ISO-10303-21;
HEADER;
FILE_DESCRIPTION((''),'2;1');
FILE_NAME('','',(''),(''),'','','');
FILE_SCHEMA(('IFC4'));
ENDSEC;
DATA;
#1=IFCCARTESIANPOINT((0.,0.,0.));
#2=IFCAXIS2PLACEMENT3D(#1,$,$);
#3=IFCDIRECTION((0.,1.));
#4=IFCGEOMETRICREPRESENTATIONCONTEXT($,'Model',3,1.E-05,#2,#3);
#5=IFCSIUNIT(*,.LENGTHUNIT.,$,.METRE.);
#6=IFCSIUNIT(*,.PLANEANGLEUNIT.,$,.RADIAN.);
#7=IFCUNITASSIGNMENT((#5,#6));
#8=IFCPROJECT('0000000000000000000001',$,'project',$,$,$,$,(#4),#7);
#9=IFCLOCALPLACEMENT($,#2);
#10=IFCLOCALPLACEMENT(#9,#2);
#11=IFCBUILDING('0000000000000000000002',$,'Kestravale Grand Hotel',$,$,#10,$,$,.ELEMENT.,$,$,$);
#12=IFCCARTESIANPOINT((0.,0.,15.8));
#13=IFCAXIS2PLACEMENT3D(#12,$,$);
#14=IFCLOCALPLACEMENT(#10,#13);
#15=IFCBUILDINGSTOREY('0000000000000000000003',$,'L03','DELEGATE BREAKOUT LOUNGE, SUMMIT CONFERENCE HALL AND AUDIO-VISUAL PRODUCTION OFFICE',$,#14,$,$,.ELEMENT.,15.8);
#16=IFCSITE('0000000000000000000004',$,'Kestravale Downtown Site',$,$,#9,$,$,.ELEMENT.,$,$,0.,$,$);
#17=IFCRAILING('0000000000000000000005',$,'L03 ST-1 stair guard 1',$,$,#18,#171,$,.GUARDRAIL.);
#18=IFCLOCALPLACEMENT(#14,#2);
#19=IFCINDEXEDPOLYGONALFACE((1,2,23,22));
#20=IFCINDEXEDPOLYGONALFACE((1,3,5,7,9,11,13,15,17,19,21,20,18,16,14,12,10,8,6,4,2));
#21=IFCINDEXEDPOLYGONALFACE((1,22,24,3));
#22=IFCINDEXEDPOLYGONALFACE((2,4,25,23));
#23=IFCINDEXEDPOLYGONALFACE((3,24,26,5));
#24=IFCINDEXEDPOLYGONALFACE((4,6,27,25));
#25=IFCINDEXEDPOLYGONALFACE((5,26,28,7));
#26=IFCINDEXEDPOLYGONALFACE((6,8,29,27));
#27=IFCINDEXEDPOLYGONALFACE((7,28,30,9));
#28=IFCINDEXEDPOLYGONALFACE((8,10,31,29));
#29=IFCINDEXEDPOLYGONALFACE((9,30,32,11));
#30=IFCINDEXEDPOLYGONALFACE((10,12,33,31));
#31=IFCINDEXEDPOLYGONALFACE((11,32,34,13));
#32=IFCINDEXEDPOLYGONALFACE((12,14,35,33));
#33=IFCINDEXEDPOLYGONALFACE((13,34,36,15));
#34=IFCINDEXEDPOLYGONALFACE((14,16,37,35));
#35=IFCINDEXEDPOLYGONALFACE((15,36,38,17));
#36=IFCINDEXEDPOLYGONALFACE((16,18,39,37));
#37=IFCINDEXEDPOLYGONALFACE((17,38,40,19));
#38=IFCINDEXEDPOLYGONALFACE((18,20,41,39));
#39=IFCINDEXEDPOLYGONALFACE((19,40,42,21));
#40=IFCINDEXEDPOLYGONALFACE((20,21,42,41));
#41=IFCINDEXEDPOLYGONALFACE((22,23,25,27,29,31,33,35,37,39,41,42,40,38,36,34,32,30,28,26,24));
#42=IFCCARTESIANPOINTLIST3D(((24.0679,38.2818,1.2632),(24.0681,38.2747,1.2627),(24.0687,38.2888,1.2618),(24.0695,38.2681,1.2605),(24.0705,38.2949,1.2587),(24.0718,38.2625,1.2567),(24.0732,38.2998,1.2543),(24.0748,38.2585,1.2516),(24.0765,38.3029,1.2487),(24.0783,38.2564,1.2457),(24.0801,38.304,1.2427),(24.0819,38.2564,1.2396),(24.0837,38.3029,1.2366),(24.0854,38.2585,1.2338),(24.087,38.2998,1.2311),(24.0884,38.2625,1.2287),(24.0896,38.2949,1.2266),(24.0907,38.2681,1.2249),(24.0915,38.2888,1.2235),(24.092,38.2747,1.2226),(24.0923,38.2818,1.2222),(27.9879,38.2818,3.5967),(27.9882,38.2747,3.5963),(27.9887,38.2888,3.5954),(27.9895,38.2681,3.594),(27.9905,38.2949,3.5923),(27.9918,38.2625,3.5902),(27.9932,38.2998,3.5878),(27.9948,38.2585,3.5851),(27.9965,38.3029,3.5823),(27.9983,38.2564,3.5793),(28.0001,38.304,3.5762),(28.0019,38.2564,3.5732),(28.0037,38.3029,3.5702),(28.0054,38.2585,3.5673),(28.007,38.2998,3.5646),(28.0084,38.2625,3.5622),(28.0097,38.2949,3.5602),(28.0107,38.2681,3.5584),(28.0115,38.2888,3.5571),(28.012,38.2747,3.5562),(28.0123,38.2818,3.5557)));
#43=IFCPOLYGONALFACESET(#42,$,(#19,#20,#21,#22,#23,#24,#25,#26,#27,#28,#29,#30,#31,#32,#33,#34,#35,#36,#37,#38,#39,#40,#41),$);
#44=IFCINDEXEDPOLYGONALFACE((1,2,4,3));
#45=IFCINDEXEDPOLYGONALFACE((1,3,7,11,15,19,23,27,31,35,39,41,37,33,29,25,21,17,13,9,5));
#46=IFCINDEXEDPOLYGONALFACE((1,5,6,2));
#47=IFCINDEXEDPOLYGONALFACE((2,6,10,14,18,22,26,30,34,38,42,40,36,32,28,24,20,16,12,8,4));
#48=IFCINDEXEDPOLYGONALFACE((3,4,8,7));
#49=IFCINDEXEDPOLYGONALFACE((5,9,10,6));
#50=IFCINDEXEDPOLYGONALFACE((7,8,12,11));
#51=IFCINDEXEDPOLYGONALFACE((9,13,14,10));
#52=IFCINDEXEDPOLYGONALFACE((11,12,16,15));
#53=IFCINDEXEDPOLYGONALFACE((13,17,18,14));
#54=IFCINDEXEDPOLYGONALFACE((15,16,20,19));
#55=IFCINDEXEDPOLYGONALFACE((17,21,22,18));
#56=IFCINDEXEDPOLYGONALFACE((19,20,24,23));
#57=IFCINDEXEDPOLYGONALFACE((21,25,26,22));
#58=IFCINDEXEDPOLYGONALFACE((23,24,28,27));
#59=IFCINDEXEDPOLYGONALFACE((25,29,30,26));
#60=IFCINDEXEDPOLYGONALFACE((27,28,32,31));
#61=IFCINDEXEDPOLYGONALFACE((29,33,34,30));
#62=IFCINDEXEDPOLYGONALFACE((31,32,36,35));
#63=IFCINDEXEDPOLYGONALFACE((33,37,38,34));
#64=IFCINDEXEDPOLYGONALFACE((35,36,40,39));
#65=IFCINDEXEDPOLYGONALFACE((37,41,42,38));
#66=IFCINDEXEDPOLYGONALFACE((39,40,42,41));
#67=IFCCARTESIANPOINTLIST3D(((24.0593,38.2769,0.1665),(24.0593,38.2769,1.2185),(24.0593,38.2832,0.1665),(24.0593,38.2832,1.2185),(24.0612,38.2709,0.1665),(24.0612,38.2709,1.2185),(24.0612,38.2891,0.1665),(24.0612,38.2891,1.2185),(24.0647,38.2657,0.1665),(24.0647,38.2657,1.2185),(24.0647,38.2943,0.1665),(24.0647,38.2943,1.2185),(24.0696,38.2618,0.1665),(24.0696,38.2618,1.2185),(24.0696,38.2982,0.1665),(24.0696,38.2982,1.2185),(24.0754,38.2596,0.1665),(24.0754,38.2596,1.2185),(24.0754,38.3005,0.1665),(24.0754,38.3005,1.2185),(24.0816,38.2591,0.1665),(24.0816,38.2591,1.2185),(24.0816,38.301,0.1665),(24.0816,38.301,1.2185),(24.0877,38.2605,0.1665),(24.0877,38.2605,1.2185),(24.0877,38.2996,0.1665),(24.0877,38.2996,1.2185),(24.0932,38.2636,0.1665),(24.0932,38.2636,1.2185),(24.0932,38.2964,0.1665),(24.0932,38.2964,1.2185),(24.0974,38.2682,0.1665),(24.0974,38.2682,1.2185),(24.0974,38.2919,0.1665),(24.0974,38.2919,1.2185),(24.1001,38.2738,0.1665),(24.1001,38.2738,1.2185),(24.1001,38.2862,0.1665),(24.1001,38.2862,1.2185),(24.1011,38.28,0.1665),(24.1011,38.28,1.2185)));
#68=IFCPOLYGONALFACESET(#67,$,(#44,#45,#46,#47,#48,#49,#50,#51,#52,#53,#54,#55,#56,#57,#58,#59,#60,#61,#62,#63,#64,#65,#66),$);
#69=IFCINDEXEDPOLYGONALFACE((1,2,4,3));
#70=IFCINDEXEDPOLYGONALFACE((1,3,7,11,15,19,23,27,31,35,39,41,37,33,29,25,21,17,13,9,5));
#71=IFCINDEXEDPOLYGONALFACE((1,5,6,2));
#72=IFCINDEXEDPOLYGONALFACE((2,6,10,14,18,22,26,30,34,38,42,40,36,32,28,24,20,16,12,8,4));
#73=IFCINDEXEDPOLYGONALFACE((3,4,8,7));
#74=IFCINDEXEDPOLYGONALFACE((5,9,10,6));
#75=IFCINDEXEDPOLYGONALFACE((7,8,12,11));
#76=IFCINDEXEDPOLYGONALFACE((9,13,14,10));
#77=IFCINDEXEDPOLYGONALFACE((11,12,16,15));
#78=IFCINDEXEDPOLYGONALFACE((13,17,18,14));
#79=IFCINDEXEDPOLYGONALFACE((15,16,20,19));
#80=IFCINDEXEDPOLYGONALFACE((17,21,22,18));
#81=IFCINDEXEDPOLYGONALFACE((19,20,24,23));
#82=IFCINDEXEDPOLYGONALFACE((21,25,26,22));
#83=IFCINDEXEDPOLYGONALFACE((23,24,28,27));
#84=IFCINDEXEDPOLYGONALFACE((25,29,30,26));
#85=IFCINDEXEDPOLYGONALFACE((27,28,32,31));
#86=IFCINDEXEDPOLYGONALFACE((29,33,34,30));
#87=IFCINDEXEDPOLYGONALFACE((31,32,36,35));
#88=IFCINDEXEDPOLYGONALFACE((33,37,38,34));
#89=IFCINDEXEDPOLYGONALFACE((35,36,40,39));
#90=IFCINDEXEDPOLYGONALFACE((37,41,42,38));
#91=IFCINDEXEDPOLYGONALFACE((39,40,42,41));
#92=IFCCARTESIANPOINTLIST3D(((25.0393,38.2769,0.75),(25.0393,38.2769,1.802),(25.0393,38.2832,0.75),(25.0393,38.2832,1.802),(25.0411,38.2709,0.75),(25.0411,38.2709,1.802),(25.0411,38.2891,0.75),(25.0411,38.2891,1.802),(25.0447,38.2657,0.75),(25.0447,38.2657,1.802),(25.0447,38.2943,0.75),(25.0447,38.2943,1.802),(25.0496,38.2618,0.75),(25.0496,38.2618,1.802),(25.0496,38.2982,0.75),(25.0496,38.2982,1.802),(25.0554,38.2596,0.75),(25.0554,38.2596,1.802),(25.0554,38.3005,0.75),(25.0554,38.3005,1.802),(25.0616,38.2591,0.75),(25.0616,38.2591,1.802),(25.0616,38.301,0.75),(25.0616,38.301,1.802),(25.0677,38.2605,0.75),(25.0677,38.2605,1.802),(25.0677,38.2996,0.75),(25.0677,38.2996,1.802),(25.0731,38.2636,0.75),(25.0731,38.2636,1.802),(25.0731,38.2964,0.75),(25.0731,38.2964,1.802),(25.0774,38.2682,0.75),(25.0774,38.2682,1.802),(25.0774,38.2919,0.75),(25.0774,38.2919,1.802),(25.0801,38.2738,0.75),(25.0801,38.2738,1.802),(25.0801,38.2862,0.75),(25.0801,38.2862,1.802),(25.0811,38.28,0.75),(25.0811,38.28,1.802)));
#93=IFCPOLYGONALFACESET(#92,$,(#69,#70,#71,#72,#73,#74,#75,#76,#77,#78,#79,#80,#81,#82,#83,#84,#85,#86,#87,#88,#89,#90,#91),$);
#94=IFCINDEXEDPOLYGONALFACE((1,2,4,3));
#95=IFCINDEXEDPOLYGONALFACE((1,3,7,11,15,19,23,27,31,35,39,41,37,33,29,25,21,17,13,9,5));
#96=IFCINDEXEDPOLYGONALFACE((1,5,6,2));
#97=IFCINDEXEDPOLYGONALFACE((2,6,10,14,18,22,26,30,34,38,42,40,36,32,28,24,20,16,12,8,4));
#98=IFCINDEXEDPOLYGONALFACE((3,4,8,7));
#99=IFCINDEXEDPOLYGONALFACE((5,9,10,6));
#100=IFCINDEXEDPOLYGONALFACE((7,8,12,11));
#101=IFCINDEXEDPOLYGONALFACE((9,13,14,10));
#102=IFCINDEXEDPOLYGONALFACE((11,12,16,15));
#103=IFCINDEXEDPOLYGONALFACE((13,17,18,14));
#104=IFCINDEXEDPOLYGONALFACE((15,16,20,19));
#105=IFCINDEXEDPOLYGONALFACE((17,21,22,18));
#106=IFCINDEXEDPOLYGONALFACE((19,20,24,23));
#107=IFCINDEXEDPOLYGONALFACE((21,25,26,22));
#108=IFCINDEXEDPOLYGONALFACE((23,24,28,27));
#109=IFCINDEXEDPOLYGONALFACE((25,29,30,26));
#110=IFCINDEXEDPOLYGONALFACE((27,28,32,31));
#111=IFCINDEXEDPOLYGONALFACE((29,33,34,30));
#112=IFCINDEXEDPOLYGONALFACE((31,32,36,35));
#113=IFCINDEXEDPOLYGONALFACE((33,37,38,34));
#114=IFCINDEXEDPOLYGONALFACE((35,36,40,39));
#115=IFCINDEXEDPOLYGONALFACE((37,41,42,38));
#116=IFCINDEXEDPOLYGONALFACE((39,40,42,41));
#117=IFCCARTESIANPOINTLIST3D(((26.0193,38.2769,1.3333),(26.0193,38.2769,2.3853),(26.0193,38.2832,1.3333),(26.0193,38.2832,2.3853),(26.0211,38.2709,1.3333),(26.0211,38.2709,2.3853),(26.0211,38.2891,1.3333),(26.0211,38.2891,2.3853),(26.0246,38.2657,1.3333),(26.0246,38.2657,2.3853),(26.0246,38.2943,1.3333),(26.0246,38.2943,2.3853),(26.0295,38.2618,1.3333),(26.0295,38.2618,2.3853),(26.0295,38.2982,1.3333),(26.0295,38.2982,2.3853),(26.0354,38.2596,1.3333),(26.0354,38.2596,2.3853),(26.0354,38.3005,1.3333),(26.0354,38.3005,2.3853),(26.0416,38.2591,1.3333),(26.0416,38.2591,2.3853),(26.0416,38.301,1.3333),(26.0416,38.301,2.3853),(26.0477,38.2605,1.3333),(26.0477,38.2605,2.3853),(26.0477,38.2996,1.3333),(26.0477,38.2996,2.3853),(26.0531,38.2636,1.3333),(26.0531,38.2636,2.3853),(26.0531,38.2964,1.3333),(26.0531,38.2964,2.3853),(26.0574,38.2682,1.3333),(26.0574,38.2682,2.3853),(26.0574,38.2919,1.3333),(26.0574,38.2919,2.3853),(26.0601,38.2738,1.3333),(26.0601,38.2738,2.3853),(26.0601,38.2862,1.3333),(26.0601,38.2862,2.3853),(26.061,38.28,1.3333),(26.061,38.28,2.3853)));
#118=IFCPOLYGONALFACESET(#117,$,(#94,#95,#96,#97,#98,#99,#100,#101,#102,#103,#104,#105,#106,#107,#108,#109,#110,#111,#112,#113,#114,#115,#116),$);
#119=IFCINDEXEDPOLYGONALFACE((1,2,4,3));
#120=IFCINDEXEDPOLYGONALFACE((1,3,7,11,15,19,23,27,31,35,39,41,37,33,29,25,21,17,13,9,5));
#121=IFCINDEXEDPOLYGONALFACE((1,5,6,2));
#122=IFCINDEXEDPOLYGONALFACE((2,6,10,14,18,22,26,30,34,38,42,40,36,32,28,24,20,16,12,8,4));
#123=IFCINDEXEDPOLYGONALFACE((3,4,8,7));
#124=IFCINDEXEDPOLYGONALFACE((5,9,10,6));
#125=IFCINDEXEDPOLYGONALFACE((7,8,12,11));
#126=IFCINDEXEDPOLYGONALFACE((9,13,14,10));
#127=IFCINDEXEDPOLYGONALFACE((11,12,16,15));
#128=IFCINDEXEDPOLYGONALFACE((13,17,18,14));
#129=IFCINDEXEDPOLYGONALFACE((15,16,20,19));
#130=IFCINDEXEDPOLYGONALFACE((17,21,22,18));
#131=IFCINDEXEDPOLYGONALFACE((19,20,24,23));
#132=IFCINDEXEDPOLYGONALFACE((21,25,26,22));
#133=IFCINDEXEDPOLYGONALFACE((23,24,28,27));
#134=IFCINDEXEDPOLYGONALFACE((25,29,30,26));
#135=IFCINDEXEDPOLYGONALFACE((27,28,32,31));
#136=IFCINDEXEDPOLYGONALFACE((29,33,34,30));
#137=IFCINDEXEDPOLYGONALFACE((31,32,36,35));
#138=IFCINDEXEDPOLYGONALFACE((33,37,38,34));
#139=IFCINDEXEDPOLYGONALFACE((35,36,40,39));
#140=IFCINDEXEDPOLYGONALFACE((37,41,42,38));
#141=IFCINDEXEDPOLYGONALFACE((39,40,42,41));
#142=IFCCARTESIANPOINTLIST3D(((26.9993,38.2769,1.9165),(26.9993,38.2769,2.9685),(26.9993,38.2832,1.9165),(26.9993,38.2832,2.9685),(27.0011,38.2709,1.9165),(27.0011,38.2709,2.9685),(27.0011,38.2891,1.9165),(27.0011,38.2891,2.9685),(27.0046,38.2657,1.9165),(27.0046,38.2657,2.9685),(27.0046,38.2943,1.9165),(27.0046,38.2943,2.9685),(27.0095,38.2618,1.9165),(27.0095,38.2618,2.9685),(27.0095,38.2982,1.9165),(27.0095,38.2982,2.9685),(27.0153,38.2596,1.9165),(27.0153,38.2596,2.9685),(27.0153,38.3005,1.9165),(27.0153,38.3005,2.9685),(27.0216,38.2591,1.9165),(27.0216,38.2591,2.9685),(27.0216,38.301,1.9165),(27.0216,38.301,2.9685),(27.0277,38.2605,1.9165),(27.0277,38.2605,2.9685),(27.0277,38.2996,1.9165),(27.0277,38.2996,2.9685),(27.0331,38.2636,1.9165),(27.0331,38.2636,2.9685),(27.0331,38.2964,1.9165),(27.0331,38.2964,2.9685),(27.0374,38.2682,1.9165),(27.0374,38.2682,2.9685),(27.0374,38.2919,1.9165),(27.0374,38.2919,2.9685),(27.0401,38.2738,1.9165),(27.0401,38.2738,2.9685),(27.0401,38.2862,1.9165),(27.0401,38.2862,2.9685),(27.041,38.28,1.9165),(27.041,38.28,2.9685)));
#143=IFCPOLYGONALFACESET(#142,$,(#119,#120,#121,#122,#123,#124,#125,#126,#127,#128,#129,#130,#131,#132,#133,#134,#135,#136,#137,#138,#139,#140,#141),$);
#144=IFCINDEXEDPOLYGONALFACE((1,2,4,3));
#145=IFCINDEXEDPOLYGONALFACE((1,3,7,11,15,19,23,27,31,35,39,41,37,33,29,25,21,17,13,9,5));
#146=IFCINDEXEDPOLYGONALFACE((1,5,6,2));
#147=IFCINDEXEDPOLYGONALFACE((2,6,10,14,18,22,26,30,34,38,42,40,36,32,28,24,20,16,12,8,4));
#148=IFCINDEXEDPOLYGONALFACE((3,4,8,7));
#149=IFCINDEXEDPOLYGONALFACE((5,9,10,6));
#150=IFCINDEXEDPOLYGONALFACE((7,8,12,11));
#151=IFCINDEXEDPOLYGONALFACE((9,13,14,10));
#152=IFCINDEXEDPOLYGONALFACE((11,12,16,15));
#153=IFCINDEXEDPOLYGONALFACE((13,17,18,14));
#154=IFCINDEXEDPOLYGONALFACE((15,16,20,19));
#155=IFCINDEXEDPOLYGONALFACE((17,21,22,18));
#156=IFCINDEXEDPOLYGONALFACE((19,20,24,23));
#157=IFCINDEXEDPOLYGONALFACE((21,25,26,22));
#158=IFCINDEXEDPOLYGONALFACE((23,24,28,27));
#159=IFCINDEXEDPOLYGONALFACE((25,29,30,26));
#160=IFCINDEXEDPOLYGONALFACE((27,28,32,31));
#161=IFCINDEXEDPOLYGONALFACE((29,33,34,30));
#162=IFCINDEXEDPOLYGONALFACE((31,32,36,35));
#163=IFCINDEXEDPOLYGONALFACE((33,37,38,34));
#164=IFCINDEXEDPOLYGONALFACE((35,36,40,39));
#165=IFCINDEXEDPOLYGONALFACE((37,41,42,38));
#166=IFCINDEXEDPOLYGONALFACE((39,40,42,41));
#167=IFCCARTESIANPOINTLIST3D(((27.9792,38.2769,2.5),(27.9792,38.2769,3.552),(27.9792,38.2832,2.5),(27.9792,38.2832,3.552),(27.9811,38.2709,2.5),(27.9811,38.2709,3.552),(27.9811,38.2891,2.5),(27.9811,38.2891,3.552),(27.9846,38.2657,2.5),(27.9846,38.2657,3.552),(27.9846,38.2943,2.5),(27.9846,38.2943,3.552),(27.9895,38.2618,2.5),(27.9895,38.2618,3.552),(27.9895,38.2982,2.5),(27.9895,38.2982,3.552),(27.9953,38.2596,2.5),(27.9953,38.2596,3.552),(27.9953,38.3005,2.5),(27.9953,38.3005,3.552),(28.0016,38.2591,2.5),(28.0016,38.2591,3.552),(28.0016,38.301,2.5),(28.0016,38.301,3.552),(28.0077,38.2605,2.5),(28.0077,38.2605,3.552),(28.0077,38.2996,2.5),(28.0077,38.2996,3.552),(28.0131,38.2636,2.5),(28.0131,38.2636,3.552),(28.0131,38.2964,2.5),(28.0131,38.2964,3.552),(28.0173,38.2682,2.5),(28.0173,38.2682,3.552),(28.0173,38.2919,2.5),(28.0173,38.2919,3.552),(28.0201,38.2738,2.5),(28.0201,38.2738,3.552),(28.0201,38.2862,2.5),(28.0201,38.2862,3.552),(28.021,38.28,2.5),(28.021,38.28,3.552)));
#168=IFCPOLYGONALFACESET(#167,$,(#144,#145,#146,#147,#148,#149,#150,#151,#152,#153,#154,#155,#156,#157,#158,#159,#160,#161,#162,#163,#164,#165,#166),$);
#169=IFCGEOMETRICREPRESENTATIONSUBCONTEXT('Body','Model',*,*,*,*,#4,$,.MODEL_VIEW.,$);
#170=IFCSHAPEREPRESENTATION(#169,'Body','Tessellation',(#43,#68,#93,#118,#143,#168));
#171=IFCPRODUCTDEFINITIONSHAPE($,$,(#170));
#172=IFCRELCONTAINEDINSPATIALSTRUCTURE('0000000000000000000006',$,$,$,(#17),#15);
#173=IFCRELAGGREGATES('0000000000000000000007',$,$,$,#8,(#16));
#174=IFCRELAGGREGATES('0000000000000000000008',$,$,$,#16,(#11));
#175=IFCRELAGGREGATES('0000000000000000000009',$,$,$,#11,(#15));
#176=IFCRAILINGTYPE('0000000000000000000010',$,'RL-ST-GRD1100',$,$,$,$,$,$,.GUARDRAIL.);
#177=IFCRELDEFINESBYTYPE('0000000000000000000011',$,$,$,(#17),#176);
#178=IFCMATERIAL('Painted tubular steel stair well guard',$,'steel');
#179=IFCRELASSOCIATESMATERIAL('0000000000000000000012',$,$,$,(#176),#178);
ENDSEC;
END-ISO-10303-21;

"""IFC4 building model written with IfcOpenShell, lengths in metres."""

from ifc_helpers import new_model, si_unit, direction, frame, origin, origin_2d, place, context, subcontext, project, spatial, circle, extrude, material, type_object, element, save


model = new_model("IFC4")

# Units and contexts
model_context = context("Model", 3, precision=1e-05, world=origin(), true_north=direction((0.0, 1.0)))
body_context = subcontext(model_context, "Body", "Model", "MODEL_VIEW")
ifc_project = project(units=[si_unit("LENGTHUNIT", "METRE"), si_unit("PLANEANGLEUNIT", "RADIAN")], contexts=[model_context])

# Site, building, storey
site_placement = place(None, origin())
site = spatial("IfcSite", under=ifc_project, at=site_placement, Name="Kestravale Downtown Site", CompositionType="ELEMENT", RefElevation=0.0)
building_placement = place(site_placement, origin())
building = spatial("IfcBuilding", under=site, at=building_placement, Name="Kestravale Grand Hotel", CompositionType="ELEMENT")
storey_placement = place(building_placement, frame((0.0, 0.0, 15.8)))
storey = spatial("IfcBuildingStorey", under=building, at=storey_placement, Name="L03", Description="DELEGATE BREAKOUT LOUNGE, SUMMIT CONFERENCE HALL AND AUDIO-VISUAL PRODUCTION OFFICE", CompositionType="ELEMENT", Elevation=15.8)

# Railing
ifc_material_1 = material(Name="Painted tubular steel stair well guard", Category="steel")
railing_type_1 = type_object("IfcRailingType", Name="RL-ST-GRD1100", PredefinedType="GUARDRAIL", material=ifc_material_1)
railing_1_placement = place(storey_placement, frame((24.0801, 38.28, 0.1665)))
element("IfcRailing", 1, at=railing_1_placement, inside=storey, type_object=railing_type_1, Name="L03 ST-1 stair guard 1", PredefinedType="GUARDRAIL", context=body_context, shape_type="SweptSolid", body=[
    extrude(circle(Radius=0.0239, at=origin_2d()), frame((0.0, 0.0, 1.0762), z_axis=(0.859273, 0.0, 0.511518), x_axis=(0.0, 1.0, 0.0)), (0.0, 0.0, 1.0), 4.562),
    extrude(circle(Radius=0.021, at=origin_2d()), origin(), (0.0, 0.0, 1.0), 1.052),
    extrude(circle(Radius=0.021, at=origin_2d()), frame((0.98, 0.0, 0.5835)), (0.0, 0.0, 1.0), 1.052),
    extrude(circle(Radius=0.021, at=origin_2d()), frame((1.96, 0.0, 1.1667)), (0.0, 0.0, 1.0), 1.052),
    extrude(circle(Radius=0.021, at=origin_2d()), frame((2.9399, 0.0, 1.75)), (0.0, 0.0, 1.0), 1.052),
    extrude(circle(Radius=0.021, at=origin_2d()), frame((3.9199, 0.0, 2.3335)), (0.0, 0.0, 1.0), 1.052),
])

save(model, "model.ifc")
